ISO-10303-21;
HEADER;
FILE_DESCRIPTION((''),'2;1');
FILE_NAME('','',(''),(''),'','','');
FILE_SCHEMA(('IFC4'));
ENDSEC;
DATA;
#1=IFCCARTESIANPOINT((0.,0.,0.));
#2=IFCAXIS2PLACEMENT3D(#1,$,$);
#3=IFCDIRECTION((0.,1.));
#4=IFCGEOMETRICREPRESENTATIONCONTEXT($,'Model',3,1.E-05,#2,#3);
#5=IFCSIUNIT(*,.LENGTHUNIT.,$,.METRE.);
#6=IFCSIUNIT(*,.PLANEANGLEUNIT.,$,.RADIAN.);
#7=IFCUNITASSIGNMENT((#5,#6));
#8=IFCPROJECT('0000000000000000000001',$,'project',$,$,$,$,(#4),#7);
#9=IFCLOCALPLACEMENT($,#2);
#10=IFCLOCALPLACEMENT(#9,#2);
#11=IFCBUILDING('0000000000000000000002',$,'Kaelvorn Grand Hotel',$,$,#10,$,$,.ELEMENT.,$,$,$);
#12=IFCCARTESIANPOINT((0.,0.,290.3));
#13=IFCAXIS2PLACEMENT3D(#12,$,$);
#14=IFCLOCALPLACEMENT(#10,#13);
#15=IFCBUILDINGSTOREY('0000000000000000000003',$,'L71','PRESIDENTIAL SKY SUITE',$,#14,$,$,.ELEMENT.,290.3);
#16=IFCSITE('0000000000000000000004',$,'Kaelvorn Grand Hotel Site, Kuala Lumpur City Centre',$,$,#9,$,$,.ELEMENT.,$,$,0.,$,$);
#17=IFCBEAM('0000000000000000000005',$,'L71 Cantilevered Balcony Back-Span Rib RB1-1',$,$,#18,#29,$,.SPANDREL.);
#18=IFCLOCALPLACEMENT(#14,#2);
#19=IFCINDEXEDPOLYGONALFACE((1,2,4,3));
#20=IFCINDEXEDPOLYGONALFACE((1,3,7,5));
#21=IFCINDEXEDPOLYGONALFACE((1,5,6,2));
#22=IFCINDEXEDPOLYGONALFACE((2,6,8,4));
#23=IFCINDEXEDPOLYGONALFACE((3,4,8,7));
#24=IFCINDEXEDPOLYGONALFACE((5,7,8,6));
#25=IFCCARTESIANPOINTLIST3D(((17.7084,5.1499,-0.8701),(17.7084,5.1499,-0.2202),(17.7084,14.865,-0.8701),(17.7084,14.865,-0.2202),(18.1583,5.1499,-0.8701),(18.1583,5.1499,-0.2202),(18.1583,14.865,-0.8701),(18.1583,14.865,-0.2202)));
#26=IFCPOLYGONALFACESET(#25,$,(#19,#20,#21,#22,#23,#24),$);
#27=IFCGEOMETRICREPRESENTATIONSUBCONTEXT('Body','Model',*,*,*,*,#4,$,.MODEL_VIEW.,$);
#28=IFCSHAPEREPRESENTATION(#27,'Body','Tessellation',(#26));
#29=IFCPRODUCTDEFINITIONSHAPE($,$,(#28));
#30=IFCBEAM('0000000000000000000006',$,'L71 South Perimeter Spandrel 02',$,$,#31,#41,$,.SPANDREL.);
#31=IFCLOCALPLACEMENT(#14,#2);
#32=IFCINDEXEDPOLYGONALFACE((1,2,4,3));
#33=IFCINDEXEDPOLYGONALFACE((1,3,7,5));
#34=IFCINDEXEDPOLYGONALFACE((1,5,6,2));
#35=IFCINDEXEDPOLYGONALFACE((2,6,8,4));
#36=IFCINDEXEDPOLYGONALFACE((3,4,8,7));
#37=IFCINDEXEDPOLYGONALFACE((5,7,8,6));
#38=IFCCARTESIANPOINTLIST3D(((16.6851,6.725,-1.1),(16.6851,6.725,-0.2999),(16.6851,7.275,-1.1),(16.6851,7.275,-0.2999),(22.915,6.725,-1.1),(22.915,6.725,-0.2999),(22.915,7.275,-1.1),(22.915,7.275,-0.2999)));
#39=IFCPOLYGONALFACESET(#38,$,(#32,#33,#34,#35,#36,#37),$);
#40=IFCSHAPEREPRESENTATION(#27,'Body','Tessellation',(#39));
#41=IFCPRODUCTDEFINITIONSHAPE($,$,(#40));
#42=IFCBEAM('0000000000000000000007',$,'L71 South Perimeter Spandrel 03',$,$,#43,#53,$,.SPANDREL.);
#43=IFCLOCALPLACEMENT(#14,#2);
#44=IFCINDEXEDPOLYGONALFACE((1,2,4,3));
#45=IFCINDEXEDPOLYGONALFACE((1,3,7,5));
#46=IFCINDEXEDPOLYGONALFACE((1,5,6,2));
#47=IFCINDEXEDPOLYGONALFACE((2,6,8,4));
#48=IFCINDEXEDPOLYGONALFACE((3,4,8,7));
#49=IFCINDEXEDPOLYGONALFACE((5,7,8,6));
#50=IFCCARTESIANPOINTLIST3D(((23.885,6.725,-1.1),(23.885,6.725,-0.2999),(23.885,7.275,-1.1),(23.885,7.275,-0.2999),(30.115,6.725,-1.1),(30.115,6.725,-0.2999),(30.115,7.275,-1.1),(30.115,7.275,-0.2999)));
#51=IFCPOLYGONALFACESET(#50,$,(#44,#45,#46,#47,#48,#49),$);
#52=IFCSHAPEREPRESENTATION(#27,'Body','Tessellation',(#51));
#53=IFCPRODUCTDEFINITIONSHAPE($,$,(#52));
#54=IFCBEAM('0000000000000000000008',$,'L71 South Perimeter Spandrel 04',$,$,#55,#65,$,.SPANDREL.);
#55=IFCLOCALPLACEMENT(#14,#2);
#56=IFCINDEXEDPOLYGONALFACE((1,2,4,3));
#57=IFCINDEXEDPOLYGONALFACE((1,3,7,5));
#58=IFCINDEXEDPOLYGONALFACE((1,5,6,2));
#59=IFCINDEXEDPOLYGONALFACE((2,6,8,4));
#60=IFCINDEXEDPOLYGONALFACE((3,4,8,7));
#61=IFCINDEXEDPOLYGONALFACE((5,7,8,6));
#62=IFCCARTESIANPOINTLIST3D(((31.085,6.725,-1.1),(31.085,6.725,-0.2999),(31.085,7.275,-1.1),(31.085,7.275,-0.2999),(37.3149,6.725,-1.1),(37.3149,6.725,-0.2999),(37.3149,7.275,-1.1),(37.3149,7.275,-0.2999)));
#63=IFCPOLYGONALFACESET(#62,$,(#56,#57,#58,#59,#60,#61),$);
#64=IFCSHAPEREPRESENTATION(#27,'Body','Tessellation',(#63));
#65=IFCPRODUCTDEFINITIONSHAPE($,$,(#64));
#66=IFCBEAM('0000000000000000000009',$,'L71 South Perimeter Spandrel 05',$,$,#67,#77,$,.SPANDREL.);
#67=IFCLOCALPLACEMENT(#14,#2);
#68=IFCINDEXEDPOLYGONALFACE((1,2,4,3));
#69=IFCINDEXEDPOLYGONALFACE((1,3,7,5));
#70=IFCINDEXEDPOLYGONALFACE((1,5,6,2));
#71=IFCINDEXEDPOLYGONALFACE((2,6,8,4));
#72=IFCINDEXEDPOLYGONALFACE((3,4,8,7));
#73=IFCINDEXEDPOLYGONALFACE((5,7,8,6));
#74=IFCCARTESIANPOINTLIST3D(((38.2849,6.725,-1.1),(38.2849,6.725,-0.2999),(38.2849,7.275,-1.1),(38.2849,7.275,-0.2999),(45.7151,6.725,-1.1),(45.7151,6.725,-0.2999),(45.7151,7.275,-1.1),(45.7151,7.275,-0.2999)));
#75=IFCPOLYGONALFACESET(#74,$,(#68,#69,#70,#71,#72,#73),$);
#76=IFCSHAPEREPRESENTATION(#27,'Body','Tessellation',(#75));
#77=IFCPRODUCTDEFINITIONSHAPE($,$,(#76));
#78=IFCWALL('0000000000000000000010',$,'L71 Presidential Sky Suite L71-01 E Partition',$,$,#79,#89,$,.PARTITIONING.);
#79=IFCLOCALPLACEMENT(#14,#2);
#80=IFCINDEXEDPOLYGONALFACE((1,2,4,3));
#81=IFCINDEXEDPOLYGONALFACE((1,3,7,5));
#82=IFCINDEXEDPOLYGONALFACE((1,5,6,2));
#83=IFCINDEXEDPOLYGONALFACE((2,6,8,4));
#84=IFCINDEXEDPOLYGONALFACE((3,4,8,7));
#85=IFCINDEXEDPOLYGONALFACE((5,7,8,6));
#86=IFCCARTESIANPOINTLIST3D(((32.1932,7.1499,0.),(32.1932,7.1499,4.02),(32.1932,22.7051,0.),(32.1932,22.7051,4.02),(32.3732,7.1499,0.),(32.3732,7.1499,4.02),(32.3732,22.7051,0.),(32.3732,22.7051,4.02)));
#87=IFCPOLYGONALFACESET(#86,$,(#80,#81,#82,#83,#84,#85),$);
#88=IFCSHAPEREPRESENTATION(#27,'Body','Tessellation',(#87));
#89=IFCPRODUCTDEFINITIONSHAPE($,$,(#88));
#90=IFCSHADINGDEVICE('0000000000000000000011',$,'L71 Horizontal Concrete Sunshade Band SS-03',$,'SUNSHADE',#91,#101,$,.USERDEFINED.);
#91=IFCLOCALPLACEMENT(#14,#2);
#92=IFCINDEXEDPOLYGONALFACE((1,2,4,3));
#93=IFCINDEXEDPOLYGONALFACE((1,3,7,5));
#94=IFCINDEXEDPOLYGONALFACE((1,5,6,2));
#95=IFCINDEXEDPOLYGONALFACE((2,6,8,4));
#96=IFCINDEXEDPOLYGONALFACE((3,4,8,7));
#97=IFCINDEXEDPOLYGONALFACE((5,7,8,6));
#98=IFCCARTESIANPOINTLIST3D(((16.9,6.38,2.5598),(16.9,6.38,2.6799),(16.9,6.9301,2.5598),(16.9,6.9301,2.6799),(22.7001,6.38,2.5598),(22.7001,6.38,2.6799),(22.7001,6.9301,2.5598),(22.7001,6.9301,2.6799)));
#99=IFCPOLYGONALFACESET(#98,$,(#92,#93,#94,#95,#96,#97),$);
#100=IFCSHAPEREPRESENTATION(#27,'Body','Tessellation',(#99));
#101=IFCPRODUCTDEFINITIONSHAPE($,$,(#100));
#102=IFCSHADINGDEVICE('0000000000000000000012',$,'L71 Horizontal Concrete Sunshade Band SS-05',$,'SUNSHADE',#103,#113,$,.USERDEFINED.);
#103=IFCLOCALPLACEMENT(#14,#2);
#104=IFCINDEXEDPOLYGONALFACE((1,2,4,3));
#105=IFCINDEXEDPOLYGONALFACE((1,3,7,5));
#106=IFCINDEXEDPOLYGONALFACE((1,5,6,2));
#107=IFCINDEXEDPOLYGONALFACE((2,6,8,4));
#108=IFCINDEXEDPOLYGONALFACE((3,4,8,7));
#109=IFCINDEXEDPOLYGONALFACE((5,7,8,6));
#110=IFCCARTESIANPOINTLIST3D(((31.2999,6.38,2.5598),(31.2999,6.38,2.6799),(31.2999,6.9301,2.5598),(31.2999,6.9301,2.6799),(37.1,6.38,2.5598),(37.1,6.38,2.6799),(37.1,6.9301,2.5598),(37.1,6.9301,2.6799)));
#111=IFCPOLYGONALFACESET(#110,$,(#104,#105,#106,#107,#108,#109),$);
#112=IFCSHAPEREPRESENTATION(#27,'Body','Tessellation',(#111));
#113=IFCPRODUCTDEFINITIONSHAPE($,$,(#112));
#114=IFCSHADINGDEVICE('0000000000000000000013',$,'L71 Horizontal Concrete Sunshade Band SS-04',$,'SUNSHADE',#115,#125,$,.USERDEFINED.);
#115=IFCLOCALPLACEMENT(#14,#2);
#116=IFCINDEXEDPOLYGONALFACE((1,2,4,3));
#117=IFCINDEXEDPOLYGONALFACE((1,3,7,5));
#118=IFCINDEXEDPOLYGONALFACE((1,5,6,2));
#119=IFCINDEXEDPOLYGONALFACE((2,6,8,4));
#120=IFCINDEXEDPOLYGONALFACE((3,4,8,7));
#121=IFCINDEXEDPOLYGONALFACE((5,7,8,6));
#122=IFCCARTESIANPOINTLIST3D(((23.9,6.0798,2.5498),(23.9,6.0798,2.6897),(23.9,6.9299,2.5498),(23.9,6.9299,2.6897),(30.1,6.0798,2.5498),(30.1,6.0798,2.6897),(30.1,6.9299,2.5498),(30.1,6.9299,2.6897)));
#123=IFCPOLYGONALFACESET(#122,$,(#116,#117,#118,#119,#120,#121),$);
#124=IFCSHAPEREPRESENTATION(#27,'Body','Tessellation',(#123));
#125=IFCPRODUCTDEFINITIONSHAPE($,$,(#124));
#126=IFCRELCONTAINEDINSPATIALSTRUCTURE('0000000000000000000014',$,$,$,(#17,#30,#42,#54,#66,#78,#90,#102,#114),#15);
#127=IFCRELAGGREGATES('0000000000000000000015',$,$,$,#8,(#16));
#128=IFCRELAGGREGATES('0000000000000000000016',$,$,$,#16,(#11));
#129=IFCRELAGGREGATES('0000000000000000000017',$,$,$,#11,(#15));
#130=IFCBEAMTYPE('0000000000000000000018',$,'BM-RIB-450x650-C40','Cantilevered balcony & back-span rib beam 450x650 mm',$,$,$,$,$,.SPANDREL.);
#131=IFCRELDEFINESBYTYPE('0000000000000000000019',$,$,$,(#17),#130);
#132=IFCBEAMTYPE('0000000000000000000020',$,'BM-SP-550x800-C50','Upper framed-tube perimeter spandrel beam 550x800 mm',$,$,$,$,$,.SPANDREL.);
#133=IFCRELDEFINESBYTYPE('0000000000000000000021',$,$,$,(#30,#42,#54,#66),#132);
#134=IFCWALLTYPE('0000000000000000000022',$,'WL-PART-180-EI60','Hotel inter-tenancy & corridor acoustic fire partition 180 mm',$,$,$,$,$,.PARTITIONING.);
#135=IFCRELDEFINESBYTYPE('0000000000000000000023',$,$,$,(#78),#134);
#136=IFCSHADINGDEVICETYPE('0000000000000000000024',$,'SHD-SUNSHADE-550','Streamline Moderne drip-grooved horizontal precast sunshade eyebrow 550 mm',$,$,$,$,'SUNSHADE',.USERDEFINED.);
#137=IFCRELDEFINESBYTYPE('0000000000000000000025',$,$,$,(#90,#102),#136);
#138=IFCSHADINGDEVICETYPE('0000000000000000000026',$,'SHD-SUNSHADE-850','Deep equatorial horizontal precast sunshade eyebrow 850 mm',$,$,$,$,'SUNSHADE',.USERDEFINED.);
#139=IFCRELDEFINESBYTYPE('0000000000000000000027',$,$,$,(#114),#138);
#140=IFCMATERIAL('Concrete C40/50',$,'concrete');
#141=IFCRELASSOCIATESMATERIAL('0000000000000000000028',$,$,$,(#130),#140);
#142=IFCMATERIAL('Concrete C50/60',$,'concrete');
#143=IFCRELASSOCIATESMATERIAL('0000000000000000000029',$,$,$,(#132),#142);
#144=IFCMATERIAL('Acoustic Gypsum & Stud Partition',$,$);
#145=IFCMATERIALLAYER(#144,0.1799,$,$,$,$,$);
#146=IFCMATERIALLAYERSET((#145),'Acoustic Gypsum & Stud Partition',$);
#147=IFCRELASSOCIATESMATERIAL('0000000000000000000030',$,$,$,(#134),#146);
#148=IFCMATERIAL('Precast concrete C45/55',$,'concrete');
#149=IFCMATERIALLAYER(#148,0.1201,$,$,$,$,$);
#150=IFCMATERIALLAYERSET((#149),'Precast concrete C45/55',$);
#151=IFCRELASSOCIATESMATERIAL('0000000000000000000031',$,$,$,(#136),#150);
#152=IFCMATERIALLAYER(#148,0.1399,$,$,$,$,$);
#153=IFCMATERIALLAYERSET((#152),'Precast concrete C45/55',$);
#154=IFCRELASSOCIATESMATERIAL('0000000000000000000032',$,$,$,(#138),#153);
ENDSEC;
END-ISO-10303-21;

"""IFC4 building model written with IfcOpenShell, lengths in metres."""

from ifc_helpers import new_model, si_unit, direction, frame, frame_2d, origin, origin_2d, place, context, subcontext, project, spatial, rectangle, extrude, material, layer, layer_set, material_profile, profile_set, type_object, element, save


model = new_model("IFC4")

# Units and contexts
model_context = context("Model", 3, precision=1e-05, world=origin(), true_north=direction((0.0, 1.0)))
body_context = subcontext(model_context, "Body", "Model", "MODEL_VIEW")
ifc_project = project(units=[si_unit("LENGTHUNIT", "METRE"), si_unit("PLANEANGLEUNIT", "RADIAN")], contexts=[model_context])

# Site, building, storey
site_placement = place(None, origin())
site = spatial("IfcSite", under=ifc_project, at=site_placement, Name="Kaelvorn Grand Hotel Site, Kuala Lumpur City Centre", CompositionType="ELEMENT", RefElevation=0.0)
building_placement = place(site_placement, origin())
building = spatial("IfcBuilding", under=site, at=building_placement, Name="Kaelvorn Grand Hotel", CompositionType="ELEMENT")
storey_placement = place(building_placement, frame((0.0, 0.0, 290.3)))
storey = spatial("IfcBuildingStorey", under=building, at=storey_placement, Name="L71", Description="PRESIDENTIAL SKY SUITE", CompositionType="ELEMENT", Elevation=290.3)

# Shared definitions
ifc_material_1 = material(Name="Concrete C50/60", Category="concrete")

# Beams
ifc_material_2 = material(Name="Concrete C40/50", Category="concrete")
ifc_material_profile_1 = material_profile(ifc_material_2, rectangle(XDim=0.45, YDim=0.6499, at=origin_2d()), Name="RC RIB 450x650")
ifc_profile_set_1 = profile_set([ifc_material_profile_1], Name="Concrete C40/50")
beam_type_1 = type_object("IfcBeamType", Name="BM-RIB-450x650-C40", Description="Cantilevered balcony & back-span rib beam 450x650 mm", PredefinedType="SPANDREL", material=ifc_profile_set_1)
beam_1_placement = place(storey_placement, frame((17.9333, 5.1499, -0.5452), z_axis=(0.0, 1.0, 0.0), x_axis=(-1.0, 0.0, 0.0)))
element("IfcBeam", 1, at=beam_1_placement, inside=storey, type_object=beam_type_1, Name="L71 Cantilevered Balcony Back-Span Rib RB1-1", PredefinedType="SPANDREL", context=body_context, shape_type="SweptSolid", body=[
    extrude(rectangle(XDim=0.45, YDim=0.6499, at=origin_2d()), origin(), (0.0, 0.0, 1.0), 9.7151),
])
ifc_material_profile_2 = material_profile(ifc_material_1, rectangle(XDim=0.55, YDim=0.8, at=origin_2d()), Name="RC SPANDREL 550x800")
ifc_profile_set_2 = profile_set([ifc_material_profile_2], Name="Concrete C50/60")
beam_type_2 = type_object("IfcBeamType", Name="BM-SP-550x800-C50", Description="Upper framed-tube perimeter spandrel beam 550x800 mm", PredefinedType="SPANDREL", material=ifc_profile_set_2)
for number, where, z_axis, x_axis, name in (
    (2, (16.6851, 7.0, -0.7), (1.0, 0.0, 0.0), (0.0, 1.0, 0.0), "L71 South Perimeter Spandrel 02"),
    (3, (23.885, 7.0, -0.7), (1.0, 0.0, 0.0), (0.0, 1.0, 0.0), "L71 South Perimeter Spandrel 03"),
    (4, (31.085, 7.0, -0.7), (1.0, 0.0, 0.0), (0.0, 1.0, 0.0), "L71 South Perimeter Spandrel 04"),
):
    element("IfcBeam", number, at=place(storey_placement, frame(where, z_axis=z_axis, x_axis=x_axis)), inside=storey, type_object=beam_type_2, Name=name, PredefinedType="SPANDREL", context=body_context, shape_type="SweptSolid", body=[
        extrude(rectangle(XDim=0.55, YDim=0.8, at=origin_2d()), origin(), (0.0, 0.0, 1.0), 6.23),
    ])
beam_2_placement = place(storey_placement, frame((38.2849, 7.0, -0.7), z_axis=(1.0, 0.0, 0.0), x_axis=(0.0, 1.0, 0.0)))
element("IfcBeam", 5, at=beam_2_placement, inside=storey, type_object=beam_type_2, Name="L71 South Perimeter Spandrel 05", PredefinedType="SPANDREL", context=body_context, shape_type="SweptSolid", body=[
    extrude(rectangle(XDim=0.55, YDim=0.8, at=origin_2d()), origin(), (0.0, 0.0, 1.0), 7.4302),
])

# Wall
ifc_material_3 = material(Name="Acoustic Gypsum & Stud Partition")
ifc_layer_1 = layer(ifc_material_3, 0.1799)
ifc_layer_set_1 = layer_set([ifc_layer_1], Name="Acoustic Gypsum & Stud Partition")
wall_type = type_object("IfcWallType", Name="WL-PART-180-EI60", Description="Hotel inter-tenancy & corridor acoustic fire partition 180 mm", PredefinedType="PARTITIONING", material=ifc_layer_set_1)
wall_placement = place(storey_placement, frame((32.2832, 7.1499, 0.0), z_axis=(0.0, 0.0, 1.0), x_axis=(0.0, 1.0, 0.0)))
element("IfcWall", 6, at=wall_placement, inside=storey, type_object=wall_type, Name="L71 Presidential Sky Suite L71-01 E Partition", PredefinedType="PARTITIONING", context=body_context, shape_type="SweptSolid", body=[
    extrude(rectangle(XDim=15.5552, YDim=0.1799, at=frame_2d((7.7776, 0.0))), origin(), (0.0, 0.0, 1.0), 4.02),
])

# Shading devices
ifc_material_4 = material(Name="Precast concrete C45/55", Category="concrete")
ifc_layer_2 = layer(ifc_material_4, 0.1201)
ifc_layer_set_2 = layer_set([ifc_layer_2], Name="Precast concrete C45/55")
shading_device_type_1 = type_object("IfcShadingDeviceType", Name="SHD-SUNSHADE-550", Description="Streamline Moderne drip-grooved horizontal precast sunshade eyebrow 550 mm", ElementType="SUNSHADE", PredefinedType="USERDEFINED", material=ifc_layer_set_2)
for number, where, z_axis, x_axis, name in (
    (7, (19.8, 6.655, 2.5598), (0.0, 0.0, 1.0), (1.0, 0.0, 0.0), "L71 Horizontal Concrete Sunshade Band SS-03"),
    (8, (34.2, 6.655, 2.5598), (0.0, 0.0, 1.0), (1.0, 0.0, 0.0), "L71 Horizontal Concrete Sunshade Band SS-05"),
):
    element("IfcShadingDevice", number, at=place(storey_placement, frame(where, z_axis=z_axis, x_axis=x_axis)), inside=storey, type_object=shading_device_type_1, Name=name, ObjectType="SUNSHADE", PredefinedType="USERDEFINED", context=body_context, shape_type="SweptSolid", body=[
        extrude(rectangle(XDim=5.8, YDim=0.55, at=origin_2d()), origin(), (0.0, 0.0, 1.0), 0.1201),
    ])
ifc_layer_3 = layer(ifc_material_4, 0.1399)
ifc_layer_set_3 = layer_set([ifc_layer_3], Name="Precast concrete C45/55")
shading_device_type_2 = type_object("IfcShadingDeviceType", Name="SHD-SUNSHADE-850", Description="Deep equatorial horizontal precast sunshade eyebrow 850 mm", ElementType="SUNSHADE", PredefinedType="USERDEFINED", material=ifc_layer_set_3)
shading_device_placement = place(storey_placement, frame((27.0, 6.5049, 2.5498), z_axis=(0.0, 0.0, 1.0), x_axis=(1.0, 0.0, 0.0)))
element("IfcShadingDevice", 9, at=shading_device_placement, inside=storey, type_object=shading_device_type_2, Name="L71 Horizontal Concrete Sunshade Band SS-04", ObjectType="SUNSHADE", PredefinedType="USERDEFINED", context=body_context, shape_type="SweptSolid", body=[
    extrude(rectangle(XDim=6.2, YDim=0.8501, at=origin_2d()), origin(), (0.0, 0.0, 1.0), 0.1399),
])

save(model, "model.ifc")
